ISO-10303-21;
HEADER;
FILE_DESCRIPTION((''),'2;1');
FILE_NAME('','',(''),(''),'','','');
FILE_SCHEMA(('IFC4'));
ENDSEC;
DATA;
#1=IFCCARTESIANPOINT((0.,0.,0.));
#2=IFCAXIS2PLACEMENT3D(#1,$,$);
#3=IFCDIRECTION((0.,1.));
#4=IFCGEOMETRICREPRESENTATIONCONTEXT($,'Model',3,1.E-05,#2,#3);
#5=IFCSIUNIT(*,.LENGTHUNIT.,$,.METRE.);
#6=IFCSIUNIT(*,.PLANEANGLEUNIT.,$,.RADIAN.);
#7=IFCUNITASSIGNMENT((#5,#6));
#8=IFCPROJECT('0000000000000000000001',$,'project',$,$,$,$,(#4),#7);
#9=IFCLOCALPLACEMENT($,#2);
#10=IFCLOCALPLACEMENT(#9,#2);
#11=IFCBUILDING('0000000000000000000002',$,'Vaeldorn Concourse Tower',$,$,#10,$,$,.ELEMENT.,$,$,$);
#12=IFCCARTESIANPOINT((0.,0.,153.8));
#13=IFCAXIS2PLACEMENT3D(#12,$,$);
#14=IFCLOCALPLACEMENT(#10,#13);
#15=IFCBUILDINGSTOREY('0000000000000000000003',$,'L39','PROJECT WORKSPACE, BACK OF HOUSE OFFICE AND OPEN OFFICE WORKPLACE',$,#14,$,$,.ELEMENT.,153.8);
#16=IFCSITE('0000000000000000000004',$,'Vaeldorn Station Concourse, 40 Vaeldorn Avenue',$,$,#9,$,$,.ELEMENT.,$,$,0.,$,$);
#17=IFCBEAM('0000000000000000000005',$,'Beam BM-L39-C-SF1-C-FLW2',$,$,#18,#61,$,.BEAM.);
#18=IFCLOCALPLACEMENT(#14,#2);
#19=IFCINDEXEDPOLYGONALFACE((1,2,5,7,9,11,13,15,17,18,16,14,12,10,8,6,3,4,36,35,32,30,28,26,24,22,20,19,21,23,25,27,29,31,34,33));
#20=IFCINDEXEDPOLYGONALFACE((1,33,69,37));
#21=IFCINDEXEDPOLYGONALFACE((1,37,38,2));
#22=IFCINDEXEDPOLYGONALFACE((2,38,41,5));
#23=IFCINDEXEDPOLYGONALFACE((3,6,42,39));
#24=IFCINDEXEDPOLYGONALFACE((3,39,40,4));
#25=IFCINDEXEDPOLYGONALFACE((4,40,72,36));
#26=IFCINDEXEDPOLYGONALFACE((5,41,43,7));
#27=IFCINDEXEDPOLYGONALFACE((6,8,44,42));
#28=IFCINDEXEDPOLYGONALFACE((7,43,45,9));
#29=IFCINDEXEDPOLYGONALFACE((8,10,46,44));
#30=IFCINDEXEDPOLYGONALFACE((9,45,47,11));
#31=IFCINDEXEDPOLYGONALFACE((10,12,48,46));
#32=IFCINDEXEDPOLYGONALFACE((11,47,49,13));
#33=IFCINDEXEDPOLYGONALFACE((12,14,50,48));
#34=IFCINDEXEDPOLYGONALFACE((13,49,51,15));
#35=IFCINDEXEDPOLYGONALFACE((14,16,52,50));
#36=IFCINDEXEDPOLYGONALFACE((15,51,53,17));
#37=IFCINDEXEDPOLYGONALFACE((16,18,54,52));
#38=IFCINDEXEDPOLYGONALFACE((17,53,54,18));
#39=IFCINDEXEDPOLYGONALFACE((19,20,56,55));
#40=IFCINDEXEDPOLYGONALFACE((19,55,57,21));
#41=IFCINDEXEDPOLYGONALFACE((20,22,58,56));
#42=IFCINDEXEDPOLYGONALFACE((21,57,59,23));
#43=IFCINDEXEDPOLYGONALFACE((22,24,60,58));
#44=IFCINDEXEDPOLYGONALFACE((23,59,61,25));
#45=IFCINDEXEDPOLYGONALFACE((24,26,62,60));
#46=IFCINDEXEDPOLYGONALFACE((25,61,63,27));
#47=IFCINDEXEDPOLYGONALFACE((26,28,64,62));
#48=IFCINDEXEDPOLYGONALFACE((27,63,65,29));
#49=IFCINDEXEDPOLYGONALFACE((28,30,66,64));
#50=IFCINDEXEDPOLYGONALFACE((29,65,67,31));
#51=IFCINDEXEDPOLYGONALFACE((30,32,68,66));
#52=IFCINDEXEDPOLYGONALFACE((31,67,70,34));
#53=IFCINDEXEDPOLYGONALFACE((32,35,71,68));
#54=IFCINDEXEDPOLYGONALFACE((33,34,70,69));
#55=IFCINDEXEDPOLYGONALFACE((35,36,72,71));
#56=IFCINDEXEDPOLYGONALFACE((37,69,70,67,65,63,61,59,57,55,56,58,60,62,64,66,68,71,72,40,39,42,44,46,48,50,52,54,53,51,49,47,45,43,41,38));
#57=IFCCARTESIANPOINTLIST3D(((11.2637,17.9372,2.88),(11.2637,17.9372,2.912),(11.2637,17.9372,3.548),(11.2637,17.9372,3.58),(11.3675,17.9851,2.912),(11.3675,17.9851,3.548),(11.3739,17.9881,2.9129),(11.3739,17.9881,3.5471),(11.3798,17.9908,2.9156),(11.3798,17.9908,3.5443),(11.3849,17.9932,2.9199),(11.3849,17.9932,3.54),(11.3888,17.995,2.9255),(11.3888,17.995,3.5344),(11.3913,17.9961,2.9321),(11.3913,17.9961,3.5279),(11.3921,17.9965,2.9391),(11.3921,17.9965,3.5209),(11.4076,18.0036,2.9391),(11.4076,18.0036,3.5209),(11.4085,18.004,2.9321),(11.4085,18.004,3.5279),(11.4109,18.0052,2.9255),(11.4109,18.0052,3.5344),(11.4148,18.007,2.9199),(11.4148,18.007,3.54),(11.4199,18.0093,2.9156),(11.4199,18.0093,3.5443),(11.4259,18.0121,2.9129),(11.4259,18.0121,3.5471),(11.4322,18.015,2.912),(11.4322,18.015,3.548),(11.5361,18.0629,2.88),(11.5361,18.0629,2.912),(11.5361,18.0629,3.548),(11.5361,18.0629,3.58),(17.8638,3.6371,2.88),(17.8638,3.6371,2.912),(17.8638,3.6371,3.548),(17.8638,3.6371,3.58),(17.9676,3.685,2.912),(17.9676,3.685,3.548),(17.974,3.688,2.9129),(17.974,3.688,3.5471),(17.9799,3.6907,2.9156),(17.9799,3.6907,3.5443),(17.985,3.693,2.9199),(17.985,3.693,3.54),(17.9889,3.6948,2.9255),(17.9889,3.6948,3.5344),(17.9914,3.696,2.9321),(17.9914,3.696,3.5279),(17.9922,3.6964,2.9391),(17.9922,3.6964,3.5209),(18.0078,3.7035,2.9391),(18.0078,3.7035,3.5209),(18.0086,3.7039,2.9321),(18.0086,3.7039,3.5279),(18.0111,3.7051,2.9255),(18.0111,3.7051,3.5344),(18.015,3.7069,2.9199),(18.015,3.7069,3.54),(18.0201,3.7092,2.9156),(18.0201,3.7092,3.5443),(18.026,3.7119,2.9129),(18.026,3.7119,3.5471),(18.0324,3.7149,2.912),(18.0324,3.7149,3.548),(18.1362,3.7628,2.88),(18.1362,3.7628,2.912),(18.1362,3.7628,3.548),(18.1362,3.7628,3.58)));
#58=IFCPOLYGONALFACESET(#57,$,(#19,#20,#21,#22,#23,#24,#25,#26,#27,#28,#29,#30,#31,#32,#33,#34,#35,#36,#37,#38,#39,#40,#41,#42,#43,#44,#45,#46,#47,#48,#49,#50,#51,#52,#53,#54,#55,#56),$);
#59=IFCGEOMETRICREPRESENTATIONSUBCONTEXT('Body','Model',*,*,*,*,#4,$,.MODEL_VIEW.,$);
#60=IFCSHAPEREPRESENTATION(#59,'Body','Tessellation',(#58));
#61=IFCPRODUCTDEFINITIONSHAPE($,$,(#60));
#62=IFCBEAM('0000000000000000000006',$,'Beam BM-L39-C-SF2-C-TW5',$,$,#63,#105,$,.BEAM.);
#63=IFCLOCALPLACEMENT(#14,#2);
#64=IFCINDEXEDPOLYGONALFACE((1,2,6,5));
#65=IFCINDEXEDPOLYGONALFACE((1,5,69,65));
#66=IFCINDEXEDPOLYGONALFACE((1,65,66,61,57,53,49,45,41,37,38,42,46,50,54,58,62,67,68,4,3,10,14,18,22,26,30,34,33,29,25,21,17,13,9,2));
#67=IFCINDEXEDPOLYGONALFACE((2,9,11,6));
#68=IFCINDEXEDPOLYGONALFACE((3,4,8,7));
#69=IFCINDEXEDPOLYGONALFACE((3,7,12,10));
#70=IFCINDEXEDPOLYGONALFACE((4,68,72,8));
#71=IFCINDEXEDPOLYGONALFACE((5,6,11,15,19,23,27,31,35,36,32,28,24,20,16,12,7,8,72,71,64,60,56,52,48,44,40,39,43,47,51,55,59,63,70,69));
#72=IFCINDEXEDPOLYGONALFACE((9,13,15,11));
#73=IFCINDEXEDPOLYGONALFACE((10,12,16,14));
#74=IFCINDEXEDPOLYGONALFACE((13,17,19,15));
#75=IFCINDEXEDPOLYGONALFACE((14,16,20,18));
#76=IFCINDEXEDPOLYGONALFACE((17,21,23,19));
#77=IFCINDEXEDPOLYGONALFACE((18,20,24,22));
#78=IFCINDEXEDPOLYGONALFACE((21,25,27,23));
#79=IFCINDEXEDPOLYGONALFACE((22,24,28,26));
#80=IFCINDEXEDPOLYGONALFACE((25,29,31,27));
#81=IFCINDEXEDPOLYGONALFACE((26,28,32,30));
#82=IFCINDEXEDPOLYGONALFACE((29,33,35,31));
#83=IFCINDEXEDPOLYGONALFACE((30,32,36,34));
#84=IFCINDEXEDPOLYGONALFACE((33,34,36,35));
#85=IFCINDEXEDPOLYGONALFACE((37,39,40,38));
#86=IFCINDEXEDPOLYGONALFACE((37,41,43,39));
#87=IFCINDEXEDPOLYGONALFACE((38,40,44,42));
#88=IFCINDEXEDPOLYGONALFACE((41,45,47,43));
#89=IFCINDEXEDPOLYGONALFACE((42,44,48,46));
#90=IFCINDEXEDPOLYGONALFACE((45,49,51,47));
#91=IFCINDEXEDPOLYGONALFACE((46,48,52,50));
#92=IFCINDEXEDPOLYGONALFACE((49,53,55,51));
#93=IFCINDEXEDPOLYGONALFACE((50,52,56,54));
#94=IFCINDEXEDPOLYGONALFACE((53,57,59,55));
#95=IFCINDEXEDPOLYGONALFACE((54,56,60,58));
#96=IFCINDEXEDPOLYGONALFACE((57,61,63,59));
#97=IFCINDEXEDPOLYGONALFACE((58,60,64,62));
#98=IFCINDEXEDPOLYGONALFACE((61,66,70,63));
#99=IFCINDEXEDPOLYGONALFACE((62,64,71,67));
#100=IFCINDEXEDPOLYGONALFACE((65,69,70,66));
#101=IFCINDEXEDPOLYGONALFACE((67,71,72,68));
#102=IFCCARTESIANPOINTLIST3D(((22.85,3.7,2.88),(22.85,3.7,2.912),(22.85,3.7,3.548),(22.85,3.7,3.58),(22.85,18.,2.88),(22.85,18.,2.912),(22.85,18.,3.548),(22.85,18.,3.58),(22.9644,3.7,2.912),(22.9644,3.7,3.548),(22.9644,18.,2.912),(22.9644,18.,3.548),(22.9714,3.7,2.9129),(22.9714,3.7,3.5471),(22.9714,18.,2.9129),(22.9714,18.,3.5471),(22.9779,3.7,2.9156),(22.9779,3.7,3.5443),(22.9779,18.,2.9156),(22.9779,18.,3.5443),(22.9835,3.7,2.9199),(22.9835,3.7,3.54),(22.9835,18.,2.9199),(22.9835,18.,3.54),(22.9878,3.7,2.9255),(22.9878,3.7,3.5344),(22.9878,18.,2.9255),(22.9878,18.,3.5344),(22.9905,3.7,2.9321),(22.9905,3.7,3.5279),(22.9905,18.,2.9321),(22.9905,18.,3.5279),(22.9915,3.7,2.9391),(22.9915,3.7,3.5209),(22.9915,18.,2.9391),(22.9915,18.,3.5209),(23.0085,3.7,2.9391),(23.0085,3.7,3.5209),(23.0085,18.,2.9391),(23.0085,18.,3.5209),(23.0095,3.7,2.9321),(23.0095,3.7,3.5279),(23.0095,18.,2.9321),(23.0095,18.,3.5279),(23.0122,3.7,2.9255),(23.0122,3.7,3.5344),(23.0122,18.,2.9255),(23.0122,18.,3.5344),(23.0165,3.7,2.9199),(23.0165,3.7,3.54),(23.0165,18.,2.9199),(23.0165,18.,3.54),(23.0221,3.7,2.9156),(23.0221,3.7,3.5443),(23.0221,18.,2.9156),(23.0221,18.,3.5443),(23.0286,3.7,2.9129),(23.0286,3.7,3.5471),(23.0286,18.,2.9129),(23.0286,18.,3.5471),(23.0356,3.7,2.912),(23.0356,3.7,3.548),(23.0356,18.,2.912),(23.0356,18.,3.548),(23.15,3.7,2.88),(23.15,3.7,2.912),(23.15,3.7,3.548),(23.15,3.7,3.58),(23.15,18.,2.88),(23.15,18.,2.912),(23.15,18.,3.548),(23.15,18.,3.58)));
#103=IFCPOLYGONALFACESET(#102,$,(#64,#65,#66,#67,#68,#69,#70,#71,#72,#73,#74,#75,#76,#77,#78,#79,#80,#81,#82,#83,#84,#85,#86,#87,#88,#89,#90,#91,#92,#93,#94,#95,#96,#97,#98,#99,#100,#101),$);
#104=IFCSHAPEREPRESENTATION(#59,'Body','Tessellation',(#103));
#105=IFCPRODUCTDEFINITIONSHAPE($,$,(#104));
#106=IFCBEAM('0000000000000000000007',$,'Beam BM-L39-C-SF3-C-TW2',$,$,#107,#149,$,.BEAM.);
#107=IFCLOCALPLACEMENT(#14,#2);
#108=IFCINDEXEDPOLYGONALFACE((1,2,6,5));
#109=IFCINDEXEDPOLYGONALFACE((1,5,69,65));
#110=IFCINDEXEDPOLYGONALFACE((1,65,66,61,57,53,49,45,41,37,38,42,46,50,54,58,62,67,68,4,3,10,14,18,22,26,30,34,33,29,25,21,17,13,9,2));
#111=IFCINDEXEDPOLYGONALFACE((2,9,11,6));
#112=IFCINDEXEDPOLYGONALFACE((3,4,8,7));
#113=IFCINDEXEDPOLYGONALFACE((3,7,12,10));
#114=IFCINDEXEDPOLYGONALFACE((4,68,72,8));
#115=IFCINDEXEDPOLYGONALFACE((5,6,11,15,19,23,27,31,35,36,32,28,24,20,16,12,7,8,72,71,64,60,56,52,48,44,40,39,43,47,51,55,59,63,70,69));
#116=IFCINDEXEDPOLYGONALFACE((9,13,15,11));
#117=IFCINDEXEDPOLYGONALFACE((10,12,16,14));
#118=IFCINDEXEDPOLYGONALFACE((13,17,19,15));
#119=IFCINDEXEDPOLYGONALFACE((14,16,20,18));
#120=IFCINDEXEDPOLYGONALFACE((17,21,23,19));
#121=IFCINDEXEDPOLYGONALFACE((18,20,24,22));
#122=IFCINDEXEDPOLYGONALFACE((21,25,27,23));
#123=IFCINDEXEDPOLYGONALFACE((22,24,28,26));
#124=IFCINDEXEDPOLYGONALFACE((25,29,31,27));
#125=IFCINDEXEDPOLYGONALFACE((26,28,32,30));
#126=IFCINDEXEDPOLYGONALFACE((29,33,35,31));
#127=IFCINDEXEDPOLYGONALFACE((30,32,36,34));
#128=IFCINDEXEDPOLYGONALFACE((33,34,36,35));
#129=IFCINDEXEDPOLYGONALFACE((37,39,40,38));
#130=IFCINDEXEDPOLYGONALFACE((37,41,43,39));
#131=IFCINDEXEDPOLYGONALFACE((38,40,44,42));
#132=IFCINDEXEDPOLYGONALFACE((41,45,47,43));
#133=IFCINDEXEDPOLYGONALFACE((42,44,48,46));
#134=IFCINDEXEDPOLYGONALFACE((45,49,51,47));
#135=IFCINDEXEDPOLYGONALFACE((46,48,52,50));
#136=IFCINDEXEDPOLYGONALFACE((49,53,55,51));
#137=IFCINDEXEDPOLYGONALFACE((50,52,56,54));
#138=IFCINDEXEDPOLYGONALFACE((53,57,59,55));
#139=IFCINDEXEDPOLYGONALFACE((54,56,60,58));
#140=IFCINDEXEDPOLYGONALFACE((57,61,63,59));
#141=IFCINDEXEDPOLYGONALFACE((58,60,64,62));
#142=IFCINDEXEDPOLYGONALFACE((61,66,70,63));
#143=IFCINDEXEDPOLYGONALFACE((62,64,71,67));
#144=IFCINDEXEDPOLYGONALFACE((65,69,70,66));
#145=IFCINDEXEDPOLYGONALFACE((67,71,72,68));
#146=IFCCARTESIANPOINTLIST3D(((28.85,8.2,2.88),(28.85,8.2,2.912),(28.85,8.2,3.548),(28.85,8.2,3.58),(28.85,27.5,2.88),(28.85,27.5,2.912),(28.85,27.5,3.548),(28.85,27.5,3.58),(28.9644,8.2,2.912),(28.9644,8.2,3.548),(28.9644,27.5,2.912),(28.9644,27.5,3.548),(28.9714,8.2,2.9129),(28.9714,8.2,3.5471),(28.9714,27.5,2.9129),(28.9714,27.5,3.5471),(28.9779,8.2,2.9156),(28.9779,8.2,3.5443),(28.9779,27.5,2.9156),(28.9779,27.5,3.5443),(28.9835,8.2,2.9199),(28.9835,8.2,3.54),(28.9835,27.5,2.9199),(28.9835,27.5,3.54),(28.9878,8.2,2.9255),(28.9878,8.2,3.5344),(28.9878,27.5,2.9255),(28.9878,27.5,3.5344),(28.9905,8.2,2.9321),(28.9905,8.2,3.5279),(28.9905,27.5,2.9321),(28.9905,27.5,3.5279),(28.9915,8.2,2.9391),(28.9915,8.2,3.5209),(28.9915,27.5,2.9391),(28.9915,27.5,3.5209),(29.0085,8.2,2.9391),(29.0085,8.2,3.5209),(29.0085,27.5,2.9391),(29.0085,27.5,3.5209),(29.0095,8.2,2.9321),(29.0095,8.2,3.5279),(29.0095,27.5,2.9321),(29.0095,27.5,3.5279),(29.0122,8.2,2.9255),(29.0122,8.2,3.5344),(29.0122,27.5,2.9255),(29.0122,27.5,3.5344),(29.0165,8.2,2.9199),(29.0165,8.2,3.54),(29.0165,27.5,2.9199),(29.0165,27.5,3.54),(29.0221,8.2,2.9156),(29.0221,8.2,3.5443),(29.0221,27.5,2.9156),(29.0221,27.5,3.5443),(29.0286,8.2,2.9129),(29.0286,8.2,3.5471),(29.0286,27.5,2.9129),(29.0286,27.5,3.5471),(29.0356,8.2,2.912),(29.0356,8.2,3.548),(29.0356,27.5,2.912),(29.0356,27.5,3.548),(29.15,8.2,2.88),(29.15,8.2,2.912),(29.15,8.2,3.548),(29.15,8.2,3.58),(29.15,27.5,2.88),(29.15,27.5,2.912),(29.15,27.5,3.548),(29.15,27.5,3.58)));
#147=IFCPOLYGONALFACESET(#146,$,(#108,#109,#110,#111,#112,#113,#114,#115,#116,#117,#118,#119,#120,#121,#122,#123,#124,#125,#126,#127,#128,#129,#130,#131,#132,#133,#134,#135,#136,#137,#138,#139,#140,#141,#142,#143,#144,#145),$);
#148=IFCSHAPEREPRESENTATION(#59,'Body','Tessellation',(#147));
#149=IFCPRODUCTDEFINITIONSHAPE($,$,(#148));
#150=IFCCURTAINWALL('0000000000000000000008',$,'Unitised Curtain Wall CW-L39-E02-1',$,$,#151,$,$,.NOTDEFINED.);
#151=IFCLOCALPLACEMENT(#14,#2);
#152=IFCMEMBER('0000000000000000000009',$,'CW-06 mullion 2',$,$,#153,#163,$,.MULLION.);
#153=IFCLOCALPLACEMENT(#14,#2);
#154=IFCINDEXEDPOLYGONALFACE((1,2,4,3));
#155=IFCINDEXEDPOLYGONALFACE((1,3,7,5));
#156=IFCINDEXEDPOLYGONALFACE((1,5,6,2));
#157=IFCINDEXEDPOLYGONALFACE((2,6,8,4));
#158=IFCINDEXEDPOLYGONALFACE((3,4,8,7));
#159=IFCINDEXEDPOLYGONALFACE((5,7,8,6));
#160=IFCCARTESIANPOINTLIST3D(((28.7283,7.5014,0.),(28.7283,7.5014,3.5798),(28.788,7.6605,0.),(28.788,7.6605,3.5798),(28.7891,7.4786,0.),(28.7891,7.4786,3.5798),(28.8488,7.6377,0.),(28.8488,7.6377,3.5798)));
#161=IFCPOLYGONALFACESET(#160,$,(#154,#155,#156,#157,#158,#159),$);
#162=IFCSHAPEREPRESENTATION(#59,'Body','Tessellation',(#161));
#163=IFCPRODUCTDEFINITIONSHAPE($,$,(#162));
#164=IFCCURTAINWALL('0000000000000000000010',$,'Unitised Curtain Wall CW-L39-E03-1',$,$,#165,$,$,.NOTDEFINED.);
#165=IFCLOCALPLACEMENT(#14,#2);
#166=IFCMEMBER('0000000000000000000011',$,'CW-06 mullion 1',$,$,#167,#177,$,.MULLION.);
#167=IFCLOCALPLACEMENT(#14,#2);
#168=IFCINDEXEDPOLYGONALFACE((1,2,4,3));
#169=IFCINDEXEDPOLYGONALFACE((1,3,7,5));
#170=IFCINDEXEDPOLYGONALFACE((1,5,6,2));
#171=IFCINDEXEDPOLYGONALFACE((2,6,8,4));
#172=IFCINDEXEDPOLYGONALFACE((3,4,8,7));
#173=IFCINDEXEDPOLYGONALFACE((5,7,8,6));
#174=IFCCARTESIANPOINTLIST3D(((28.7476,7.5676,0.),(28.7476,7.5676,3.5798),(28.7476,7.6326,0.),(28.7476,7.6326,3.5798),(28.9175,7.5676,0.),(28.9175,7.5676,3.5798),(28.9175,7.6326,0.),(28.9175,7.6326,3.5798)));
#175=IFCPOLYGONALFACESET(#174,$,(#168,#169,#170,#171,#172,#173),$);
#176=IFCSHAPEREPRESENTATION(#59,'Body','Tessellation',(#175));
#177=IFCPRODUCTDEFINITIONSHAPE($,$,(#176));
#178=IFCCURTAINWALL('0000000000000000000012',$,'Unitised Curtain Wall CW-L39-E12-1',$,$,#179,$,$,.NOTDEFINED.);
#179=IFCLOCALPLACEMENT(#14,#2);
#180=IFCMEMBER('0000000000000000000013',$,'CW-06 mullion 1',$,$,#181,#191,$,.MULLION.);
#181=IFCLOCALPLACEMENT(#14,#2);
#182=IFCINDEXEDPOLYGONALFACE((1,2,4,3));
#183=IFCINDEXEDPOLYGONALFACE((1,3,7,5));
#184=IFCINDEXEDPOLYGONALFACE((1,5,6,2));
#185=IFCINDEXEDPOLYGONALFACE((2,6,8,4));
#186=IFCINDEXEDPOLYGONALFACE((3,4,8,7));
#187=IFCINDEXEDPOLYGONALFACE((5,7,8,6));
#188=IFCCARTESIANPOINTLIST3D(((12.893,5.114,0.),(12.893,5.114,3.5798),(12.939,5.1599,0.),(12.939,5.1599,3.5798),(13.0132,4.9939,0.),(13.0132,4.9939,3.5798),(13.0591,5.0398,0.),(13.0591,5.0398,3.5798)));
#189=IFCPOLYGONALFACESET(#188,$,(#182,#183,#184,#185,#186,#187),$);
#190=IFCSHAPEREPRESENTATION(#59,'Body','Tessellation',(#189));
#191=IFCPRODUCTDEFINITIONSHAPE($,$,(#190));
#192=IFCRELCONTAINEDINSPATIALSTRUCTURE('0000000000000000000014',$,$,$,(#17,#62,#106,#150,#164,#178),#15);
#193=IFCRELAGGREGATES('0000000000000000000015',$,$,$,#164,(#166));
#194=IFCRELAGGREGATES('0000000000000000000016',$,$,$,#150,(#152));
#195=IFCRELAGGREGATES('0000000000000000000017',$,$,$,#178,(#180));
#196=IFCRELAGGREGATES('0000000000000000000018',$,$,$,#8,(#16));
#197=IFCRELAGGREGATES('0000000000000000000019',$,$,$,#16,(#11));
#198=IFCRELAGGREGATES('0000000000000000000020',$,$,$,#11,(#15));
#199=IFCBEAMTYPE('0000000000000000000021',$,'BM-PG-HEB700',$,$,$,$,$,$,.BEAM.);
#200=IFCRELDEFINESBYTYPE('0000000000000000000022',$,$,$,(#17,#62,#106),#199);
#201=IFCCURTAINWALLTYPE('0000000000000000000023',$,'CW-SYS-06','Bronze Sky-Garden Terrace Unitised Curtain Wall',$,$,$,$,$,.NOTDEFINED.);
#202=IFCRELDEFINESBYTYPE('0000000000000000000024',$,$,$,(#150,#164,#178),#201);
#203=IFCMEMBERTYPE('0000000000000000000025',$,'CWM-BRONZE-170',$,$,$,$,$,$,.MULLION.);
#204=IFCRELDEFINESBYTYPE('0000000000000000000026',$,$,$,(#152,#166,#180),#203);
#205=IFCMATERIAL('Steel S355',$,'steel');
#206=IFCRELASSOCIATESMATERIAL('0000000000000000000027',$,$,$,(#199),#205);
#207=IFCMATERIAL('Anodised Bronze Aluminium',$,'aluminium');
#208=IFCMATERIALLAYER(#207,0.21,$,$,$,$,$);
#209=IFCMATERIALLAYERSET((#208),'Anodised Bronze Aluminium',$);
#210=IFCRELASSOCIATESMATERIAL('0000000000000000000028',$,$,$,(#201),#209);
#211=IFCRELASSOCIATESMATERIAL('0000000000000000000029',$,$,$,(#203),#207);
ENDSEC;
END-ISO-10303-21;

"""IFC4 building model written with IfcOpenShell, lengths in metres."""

from ifc_helpers import new_model, si_unit, direction, frame, origin, origin_2d, place, context, subcontext, project, spatial, rectangle, i_section, extrude, source, transform, mapped, material, layer, layer_set, material_profile, profile_set, type_object, element, aggregate, save


model = new_model("IFC4")

# Units and contexts
model_context = context("Model", 3, precision=1e-05, world=origin(), true_north=direction((0.0, 1.0)))
body_context = subcontext(model_context, "Body", "Model", "MODEL_VIEW")
ifc_project = project(units=[si_unit("LENGTHUNIT", "METRE"), si_unit("PLANEANGLEUNIT", "RADIAN")], contexts=[model_context])

# Site, building, storey
site_placement = place(None, origin())
site = spatial("IfcSite", under=ifc_project, at=site_placement, Name="Vaeldorn Station Concourse, 40 Vaeldorn Avenue", CompositionType="ELEMENT", RefElevation=0.0)
building_placement = place(site_placement, origin())
building = spatial("IfcBuilding", under=site, at=building_placement, Name="Vaeldorn Concourse Tower", CompositionType="ELEMENT")
storey_placement = place(building_placement, frame((0.0, 0.0, 153.8)))
storey = spatial("IfcBuildingStorey", under=building, at=storey_placement, Name="L39", Description="PROJECT WORKSPACE, BACK OF HOUSE OFFICE AND OPEN OFFICE WORKPLACE", CompositionType="ELEMENT", Elevation=153.8)

# Beams
ifc_material_1 = material(Name="Steel S355", Category="steel")
ifc_material_profile_1 = material_profile(ifc_material_1, i_section(OverallWidth=0.3, OverallDepth=0.7, WebThickness=0.0171, FlangeThickness=0.032, FilletRadius=0.0271, at=origin_2d()), Name="HEB 700")
ifc_profile_set_1 = profile_set([ifc_material_profile_1], Name="Steel S355")
beam_type_1 = type_object("IfcBeamType", Name="BM-PG-HEB700", PredefinedType="BEAM", material=ifc_profile_set_1)
shared_shape_1 = source(origin(), body_context, "Body", "SweptSolid", [
    extrude(i_section(OverallWidth=0.3, OverallDepth=0.7, WebThickness=0.0171, FlangeThickness=0.032, FilletRadius=0.0271, at=origin_2d()), origin(), (0.0, 0.0, 1.0), 15.7498),
])
beam_1_placement = place(storey_placement, frame((18.0, 3.7, 3.23), z_axis=(-0.419062, 0.907958, 0.0), x_axis=(-0.907958, -0.419062, 0.0)))
element("IfcBeam", 1, at=beam_1_placement, inside=storey, type_object=beam_type_1, Name="Beam BM-L39-C-SF1-C-FLW2", PredefinedType="BEAM", context=body_context, shape_type="MappedRepresentation", body=[
    mapped(shared_shape_1, transform((0.0, 0.0, 0.0), scale=1.0)),
])
shared_shape_2 = source(origin(), body_context, "Body", "SweptSolid", [
    extrude(i_section(OverallWidth=0.3, OverallDepth=0.7, WebThickness=0.0171, FlangeThickness=0.032, FilletRadius=0.0271, at=origin_2d()), origin(), (0.0, 0.0, 1.0), 14.3),
])
beam_2_placement = place(storey_placement, frame((23.0, 3.7, 3.23), z_axis=(0.0, 1.0, 0.0), x_axis=(-1.0, 0.0, 0.0)))
element("IfcBeam", 2, at=beam_2_placement, inside=storey, type_object=beam_type_1, Name="Beam BM-L39-C-SF2-C-TW5", PredefinedType="BEAM", context=body_context, shape_type="MappedRepresentation", body=[
    mapped(shared_shape_2, transform((0.0, 0.0, 0.0), scale=1.0)),
])
shared_shape_3 = source(origin(), body_context, "Body", "SweptSolid", [
    extrude(i_section(OverallWidth=0.3, OverallDepth=0.7, WebThickness=0.0171, FlangeThickness=0.032, FilletRadius=0.0271, at=origin_2d()), origin(), (0.0, 0.0, 1.0), 19.3),
])
beam_3_placement = place(storey_placement, frame((29.0, 8.2, 3.23), z_axis=(0.0, 1.0, 0.0), x_axis=(-1.0, 0.0, 0.0)))
element("IfcBeam", 3, at=beam_3_placement, inside=storey, type_object=beam_type_1, Name="Beam BM-L39-C-SF3-C-TW2", PredefinedType="BEAM", context=body_context, shape_type="MappedRepresentation", body=[
    mapped(shared_shape_3, transform((0.0, 0.0, 0.0), scale=1.0)),
])

# Curtain walls, members
ifc_material_2 = material(Name="Anodised Bronze Aluminium", Category="aluminium")
ifc_layer_1 = layer(ifc_material_2, 0.21)
ifc_layer_set_1 = layer_set([ifc_layer_1], Name="Anodised Bronze Aluminium")
curtain_wall_type = type_object("IfcCurtainWallType", Name="CW-SYS-06", Description="Bronze Sky-Garden Terrace Unitised Curtain Wall", PredefinedType="NOTDEFINED", material=ifc_layer_set_1)
curtain_wall_1_placement = place(storey_placement, origin())
curtain_wall_1 = element("IfcCurtainWall", 4, at=curtain_wall_1_placement, inside=storey, type_object=curtain_wall_type, Name="Unitised Curtain Wall CW-L39-E02-1", PredefinedType="NOTDEFINED")
ifc_material_profile_2 = material_profile(ifc_material_2, rectangle(XDim=0.0649, YDim=0.1699, at=origin_2d()), Name="CWM 65x170")
ifc_profile_set_2 = profile_set([ifc_material_profile_2], Name="Anodised Bronze Aluminium")
member_type_1 = type_object("IfcMemberType", Name="CWM-BRONZE-170", PredefinedType="MULLION", material=ifc_profile_set_2)
shared_shape_4 = source(origin(), body_context, "Body", "SweptSolid", [
    extrude(rectangle(XDim=0.0649, YDim=0.1699, at=origin_2d()), origin(), (0.0, 0.0, 1.0), 3.5798),
])
member_1_placement = place(storey_placement, frame((28.7886, 7.5696, 0.0), z_axis=(0.0, 0.0, 1.0), x_axis=(-0.936329, 0.351123, 0.0)))
member_1 = element("IfcMember", 5, at=member_1_placement, type_object=member_type_1, Name="CW-06 mullion 2", PredefinedType="MULLION", context=body_context, shape_type="MappedRepresentation", body=[
    mapped(shared_shape_4, transform((0.0, 0.0, 0.0), scale=1.0)),
])
curtain_wall_2_placement = place(storey_placement, origin())
curtain_wall_2 = element("IfcCurtainWall", 6, at=curtain_wall_2_placement, inside=storey, type_object=curtain_wall_type, Name="Unitised Curtain Wall CW-L39-E03-1", PredefinedType="NOTDEFINED")
member_2_placement = place(storey_placement, frame((28.8325, 7.6001, 0.0), z_axis=(0.0, 0.0, 1.0), x_axis=(0.0, 1.0, 0.0)))
member_2 = element("IfcMember", 7, at=member_2_placement, type_object=member_type_1, Name="CW-06 mullion 1", PredefinedType="MULLION", context=body_context, shape_type="MappedRepresentation", body=[
    mapped(shared_shape_4, transform((0.0, 0.0, 0.0), scale=1.0)),
])
curtain_wall_3_placement = place(storey_placement, origin())
curtain_wall_3 = element("IfcCurtainWall", 8, at=curtain_wall_3_placement, inside=storey, type_object=curtain_wall_type, Name="Unitised Curtain Wall CW-L39-E12-1", PredefinedType="NOTDEFINED")
member_3_placement = place(storey_placement, frame((12.9761, 5.0769, 0.0), z_axis=(0.0, 0.0, 1.0), x_axis=(0.707107, 0.707107, 0.0)))
member_3 = element("IfcMember", 9, at=member_3_placement, type_object=member_type_1, Name="CW-06 mullion 1", PredefinedType="MULLION", context=body_context, shape_type="MappedRepresentation", body=[
    mapped(shared_shape_4, transform((0.0, 0.0, 0.0), scale=1.0)),
])

aggregate(curtain_wall_2, [member_2])

aggregate(curtain_wall_1, [member_1])
aggregate(curtain_wall_3, [member_3])

save(model, "model.ifc")
